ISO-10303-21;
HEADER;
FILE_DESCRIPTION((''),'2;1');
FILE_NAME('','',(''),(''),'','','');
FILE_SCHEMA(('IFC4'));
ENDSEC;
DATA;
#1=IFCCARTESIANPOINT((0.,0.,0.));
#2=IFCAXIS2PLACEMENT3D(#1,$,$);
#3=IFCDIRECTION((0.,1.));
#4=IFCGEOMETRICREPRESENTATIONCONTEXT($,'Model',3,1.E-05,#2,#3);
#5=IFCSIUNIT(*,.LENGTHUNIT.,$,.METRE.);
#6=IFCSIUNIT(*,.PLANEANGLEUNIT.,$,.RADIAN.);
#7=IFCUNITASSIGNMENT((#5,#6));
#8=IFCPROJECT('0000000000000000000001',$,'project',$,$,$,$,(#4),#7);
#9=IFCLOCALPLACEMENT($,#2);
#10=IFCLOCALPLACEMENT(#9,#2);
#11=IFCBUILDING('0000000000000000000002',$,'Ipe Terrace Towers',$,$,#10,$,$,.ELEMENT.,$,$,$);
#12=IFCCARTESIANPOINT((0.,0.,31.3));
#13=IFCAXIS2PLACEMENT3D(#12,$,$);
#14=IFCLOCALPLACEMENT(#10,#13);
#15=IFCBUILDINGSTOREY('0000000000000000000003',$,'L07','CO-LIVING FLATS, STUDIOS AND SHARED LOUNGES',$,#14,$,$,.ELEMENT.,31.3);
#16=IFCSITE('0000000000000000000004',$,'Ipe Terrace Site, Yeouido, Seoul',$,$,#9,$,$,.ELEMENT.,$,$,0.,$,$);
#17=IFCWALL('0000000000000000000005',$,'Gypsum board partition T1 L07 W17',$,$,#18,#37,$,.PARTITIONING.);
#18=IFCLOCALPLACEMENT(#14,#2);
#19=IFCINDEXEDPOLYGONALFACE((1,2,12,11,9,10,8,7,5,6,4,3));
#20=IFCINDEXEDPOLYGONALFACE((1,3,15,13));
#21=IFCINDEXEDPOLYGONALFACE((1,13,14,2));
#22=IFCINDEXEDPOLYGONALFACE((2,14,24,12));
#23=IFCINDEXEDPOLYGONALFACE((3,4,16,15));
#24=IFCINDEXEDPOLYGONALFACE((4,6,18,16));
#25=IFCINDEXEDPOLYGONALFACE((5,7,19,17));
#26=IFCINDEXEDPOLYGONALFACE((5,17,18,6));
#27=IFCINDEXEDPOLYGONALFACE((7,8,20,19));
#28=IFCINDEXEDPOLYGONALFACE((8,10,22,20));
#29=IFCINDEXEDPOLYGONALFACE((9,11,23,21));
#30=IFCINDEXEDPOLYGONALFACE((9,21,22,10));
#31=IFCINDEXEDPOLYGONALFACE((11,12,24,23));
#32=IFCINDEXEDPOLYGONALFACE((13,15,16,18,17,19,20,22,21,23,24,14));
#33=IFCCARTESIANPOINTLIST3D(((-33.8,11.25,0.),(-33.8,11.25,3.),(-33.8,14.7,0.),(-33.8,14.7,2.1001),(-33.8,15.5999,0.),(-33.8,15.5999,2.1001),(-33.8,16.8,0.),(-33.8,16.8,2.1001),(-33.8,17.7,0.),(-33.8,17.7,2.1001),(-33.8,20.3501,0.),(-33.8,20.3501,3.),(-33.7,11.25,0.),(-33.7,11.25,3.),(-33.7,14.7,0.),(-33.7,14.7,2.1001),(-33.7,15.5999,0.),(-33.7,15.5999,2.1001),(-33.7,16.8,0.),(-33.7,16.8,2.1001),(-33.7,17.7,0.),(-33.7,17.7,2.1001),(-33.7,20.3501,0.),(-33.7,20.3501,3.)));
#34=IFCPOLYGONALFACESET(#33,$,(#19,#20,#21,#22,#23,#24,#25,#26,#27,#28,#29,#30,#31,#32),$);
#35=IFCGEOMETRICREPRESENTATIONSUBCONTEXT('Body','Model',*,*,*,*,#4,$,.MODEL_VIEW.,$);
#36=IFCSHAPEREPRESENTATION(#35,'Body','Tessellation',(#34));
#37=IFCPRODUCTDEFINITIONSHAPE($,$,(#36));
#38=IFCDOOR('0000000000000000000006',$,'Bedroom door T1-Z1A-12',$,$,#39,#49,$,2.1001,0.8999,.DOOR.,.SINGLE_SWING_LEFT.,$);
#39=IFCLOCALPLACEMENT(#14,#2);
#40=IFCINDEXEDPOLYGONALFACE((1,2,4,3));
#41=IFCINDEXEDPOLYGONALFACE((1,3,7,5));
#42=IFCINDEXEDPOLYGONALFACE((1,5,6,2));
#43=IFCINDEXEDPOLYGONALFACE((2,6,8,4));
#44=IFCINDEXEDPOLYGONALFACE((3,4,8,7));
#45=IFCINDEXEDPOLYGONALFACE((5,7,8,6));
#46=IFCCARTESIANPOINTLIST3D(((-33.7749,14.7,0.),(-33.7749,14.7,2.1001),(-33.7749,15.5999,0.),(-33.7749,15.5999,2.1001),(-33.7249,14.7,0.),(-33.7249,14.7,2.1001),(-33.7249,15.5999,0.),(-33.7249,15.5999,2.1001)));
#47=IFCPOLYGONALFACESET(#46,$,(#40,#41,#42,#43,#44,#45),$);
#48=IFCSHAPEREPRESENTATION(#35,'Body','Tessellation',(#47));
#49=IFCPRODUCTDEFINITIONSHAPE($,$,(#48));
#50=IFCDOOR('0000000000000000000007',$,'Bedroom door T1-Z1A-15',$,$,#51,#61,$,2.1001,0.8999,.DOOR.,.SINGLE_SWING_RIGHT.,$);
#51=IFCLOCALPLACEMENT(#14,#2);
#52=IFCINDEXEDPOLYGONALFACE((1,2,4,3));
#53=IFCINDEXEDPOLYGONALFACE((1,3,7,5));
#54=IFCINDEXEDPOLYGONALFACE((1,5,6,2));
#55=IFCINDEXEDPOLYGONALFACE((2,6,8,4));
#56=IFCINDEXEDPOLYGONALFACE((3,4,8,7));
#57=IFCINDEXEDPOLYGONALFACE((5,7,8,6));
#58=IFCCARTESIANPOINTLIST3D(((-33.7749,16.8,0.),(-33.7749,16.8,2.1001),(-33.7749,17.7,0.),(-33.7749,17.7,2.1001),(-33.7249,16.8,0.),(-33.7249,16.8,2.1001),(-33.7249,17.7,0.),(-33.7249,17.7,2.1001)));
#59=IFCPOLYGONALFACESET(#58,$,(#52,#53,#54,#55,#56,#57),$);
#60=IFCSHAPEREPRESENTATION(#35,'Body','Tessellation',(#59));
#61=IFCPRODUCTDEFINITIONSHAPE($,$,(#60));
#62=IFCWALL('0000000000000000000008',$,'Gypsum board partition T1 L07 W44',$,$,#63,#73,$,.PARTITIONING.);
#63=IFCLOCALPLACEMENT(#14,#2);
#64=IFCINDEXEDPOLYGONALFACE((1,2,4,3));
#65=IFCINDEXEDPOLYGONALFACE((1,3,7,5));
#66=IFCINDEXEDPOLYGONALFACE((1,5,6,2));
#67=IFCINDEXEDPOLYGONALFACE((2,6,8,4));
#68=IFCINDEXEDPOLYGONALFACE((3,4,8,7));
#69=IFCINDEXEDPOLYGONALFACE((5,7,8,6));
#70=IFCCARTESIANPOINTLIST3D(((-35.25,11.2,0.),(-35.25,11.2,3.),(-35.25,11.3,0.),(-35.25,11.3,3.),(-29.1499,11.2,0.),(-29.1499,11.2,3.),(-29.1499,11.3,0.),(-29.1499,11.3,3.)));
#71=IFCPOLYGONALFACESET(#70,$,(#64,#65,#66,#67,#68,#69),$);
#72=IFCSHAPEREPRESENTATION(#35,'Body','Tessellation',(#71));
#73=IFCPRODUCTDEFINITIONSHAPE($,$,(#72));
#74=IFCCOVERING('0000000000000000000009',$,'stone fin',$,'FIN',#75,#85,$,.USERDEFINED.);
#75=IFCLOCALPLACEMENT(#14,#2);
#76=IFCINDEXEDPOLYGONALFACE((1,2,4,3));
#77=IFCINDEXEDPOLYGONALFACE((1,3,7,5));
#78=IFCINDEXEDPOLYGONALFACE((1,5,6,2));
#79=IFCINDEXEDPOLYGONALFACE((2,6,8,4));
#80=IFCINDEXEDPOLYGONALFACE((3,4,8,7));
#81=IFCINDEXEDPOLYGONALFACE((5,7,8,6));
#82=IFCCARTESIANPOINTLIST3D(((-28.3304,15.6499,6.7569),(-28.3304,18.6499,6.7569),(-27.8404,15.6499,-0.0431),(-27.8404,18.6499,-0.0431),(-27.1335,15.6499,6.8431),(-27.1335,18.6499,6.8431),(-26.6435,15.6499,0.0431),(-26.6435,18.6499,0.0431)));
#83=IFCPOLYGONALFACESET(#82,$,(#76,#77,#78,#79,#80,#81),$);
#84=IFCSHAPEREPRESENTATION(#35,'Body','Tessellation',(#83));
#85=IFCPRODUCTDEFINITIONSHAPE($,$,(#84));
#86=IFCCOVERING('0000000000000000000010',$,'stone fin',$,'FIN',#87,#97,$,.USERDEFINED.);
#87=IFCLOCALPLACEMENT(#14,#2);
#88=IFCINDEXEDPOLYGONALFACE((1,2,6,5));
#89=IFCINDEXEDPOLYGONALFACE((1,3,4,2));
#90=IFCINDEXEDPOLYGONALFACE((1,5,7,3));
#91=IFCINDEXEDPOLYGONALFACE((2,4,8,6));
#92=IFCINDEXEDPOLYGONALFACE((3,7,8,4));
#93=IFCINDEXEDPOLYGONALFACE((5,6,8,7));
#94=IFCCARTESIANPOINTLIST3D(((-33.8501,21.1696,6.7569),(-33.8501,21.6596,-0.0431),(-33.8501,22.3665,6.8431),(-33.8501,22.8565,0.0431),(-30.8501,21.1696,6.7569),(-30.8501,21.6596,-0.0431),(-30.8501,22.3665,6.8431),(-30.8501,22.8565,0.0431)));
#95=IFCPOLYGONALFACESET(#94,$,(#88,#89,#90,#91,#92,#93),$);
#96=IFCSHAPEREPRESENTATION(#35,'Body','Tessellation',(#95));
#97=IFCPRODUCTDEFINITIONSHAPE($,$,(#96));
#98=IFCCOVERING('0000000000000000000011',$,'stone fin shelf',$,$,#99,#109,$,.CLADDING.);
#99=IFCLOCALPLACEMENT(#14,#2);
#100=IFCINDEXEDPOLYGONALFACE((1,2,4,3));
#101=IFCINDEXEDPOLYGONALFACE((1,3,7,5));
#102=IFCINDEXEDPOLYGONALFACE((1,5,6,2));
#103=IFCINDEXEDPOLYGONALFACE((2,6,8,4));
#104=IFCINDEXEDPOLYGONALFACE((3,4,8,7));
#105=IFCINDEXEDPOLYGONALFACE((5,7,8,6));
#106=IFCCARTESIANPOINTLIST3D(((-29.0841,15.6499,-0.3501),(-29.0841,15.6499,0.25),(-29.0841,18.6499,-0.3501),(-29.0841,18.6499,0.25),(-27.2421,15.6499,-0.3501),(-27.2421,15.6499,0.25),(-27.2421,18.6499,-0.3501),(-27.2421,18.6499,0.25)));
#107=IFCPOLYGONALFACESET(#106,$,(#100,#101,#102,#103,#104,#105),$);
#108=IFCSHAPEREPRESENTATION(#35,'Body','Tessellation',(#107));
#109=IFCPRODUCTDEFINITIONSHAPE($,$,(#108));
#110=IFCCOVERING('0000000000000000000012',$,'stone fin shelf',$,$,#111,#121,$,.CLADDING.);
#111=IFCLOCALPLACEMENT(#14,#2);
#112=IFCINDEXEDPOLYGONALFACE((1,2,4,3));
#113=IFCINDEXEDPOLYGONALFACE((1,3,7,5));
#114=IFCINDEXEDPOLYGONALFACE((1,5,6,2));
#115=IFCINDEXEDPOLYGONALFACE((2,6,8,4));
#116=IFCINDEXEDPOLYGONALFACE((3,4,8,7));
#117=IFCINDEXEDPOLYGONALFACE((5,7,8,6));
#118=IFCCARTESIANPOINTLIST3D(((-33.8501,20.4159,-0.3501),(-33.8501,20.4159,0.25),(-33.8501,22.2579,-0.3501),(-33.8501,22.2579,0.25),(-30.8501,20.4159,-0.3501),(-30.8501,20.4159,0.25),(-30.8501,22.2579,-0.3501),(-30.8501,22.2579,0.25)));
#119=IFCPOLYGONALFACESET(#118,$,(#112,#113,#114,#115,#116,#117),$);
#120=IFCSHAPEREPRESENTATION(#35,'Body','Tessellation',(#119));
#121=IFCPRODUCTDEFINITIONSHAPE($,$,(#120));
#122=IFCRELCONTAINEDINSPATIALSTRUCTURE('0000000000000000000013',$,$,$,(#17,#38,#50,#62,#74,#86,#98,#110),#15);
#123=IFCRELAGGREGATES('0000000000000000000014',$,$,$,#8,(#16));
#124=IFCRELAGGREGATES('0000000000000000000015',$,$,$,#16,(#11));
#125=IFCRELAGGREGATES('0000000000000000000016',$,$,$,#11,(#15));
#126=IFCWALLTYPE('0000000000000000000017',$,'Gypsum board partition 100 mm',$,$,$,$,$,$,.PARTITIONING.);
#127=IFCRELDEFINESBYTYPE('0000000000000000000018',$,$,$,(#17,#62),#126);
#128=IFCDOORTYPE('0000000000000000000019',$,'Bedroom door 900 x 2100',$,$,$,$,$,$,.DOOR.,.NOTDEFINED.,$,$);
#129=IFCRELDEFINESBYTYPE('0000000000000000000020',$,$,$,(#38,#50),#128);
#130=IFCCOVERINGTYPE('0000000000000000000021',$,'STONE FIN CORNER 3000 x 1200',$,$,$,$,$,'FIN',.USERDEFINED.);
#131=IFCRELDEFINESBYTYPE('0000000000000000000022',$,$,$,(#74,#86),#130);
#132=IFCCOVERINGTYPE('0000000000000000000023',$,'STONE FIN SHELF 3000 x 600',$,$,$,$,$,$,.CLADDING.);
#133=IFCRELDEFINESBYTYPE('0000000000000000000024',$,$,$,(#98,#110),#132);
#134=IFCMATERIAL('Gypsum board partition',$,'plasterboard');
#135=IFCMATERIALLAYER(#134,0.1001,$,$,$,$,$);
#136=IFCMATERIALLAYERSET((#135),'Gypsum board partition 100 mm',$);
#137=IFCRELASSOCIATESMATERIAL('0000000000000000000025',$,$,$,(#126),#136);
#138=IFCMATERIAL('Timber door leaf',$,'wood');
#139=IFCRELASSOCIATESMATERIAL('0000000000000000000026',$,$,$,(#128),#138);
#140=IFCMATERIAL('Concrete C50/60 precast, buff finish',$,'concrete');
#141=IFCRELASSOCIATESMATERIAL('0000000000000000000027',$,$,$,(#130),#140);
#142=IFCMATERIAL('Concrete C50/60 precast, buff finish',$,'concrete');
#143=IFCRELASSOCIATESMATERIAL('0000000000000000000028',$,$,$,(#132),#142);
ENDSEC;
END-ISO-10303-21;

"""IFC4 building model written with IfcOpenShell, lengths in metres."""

from ifc_helpers import new_model, si_unit, direction, frame, frame_2d, origin, origin_2d, place, context, subcontext, project, spatial, rectangle, extrude, material, layer, layer_set, material_profile, profile_set, type_object, element, fill, save


model = new_model("IFC4")

# Units and contexts
model_context = context("Model", 3, precision=1e-05, world=origin(), true_north=direction((0.0, 1.0)))
body_context = subcontext(model_context, "Body", "Model", "MODEL_VIEW")
ifc_project = project(units=[si_unit("LENGTHUNIT", "METRE"), si_unit("PLANEANGLEUNIT", "RADIAN")], contexts=[model_context])

# Site, building, storey
site_placement = place(None, origin())
site = spatial("IfcSite", under=ifc_project, at=site_placement, Name="Ipe Terrace Site, Yeouido, Seoul", CompositionType="ELEMENT", RefElevation=0.0)
building_placement = place(site_placement, origin())
building = spatial("IfcBuilding", under=site, at=building_placement, Name="Ipe Terrace Towers", CompositionType="ELEMENT")
storey_placement = place(building_placement, frame((0.0, 0.0, 31.3)))
storey = spatial("IfcBuildingStorey", under=building, at=storey_placement, Name="L07", Description="CO-LIVING FLATS, STUDIOS AND SHARED LOUNGES", CompositionType="ELEMENT", Elevation=31.3)

# Wall, openings, doors
ifc_material_1 = material(Name="Gypsum board partition", Category="plasterboard")
ifc_layer_1 = layer(ifc_material_1, 0.1001)
ifc_layer_set_1 = layer_set([ifc_layer_1], Name="Gypsum board partition 100 mm")
wall_type_1 = type_object("IfcWallType", Name="Gypsum board partition 100 mm", PredefinedType="PARTITIONING", material=ifc_layer_set_1)
wall_1_placement = place(storey_placement, frame((-33.75, 11.25, 0.0), z_axis=(0.0, 0.0, 1.0), x_axis=(0.0, 1.0, 0.0)))
wall_1 = element("IfcWall", 1, at=wall_1_placement, inside=storey, type_object=wall_type_1, Name="Gypsum board partition T1 L07 W17", PredefinedType="PARTITIONING", context=body_context, shape_type="SweptSolid", body=[
    extrude(rectangle(XDim=9.1001, YDim=0.1001, at=frame_2d((4.55, 0.0))), origin(), (0.0, 0.0, 1.0), 3.0),
])
opening_1_placement = place(wall_1_placement, frame((3.45, 0.0, 0.0)))
opening_1 = element("IfcOpeningElement", 2, at=opening_1_placement, cuts=wall_1, PredefinedType="OPENING", context=body_context, shape_type="SweptSolid", body=[
    extrude(rectangle(XDim=0.8999, YDim=2.1001, at=frame_2d((0.45, 1.05))), frame((0.0, 0.0601, 0.0), z_axis=(0.0, -1.0, 0.0), x_axis=(1.0, 0.0, 0.0)), (0.0, 0.0, 1.0), 0.1201),
])
opening_2_placement = place(wall_1_placement, frame((5.55, 0.0, 0.0)))
opening_2 = element("IfcOpeningElement", 3, at=opening_2_placement, cuts=wall_1, PredefinedType="OPENING", context=body_context, shape_type="SweptSolid", body=[
    extrude(rectangle(XDim=0.8999, YDim=2.1001, at=frame_2d((0.45, 1.05))), frame((0.0, 0.0601, 0.0), z_axis=(0.0, -1.0, 0.0), x_axis=(1.0, 0.0, 0.0)), (0.0, 0.0, 1.0), 0.1201),
])
ifc_material_2 = material(Name="Timber door leaf", Category="wood")
door_type = type_object("IfcDoorType", Name="Bedroom door 900 x 2100", OperationType="NOTDEFINED", PredefinedType="DOOR", material=ifc_material_2)
door_1_placement = place(opening_1_placement, origin())
door_1 = element("IfcDoor", 4, at=door_1_placement, inside=storey, type_object=door_type, Name="Bedroom door T1-Z1A-12", OperationType="SINGLE_SWING_LEFT", OverallHeight=2.1001, OverallWidth=0.8999, PredefinedType="DOOR", context=body_context, shape_type="SweptSolid", body=[
    extrude(rectangle(XDim=0.8999, YDim=2.1001, at=frame_2d((0.45, 1.05))), frame((0.0, 0.0249, 0.0), z_axis=(0.0, -1.0, 0.0), x_axis=(1.0, 0.0, 0.0)), (0.0, 0.0, 1.0), 0.05),
])
fill(opening_1, door_1)
door_2_placement = place(opening_2_placement, origin())
door_2 = element("IfcDoor", 5, at=door_2_placement, inside=storey, type_object=door_type, Name="Bedroom door T1-Z1A-15", OperationType="SINGLE_SWING_RIGHT", OverallHeight=2.1001, OverallWidth=0.8999, PredefinedType="DOOR", context=body_context, shape_type="SweptSolid", body=[
    extrude(rectangle(XDim=0.8999, YDim=2.1001, at=frame_2d((0.45, 1.05))), frame((0.0, 0.0249, 0.0), z_axis=(0.0, -1.0, 0.0), x_axis=(1.0, 0.0, 0.0)), (0.0, 0.0, 1.0), 0.05),
])
fill(opening_2, door_2)

# Wall
wall_2_placement = place(storey_placement, frame((-35.25, 11.25, 0.0), z_axis=(0.0, 0.0, 1.0), x_axis=(1.0, 0.0, 0.0)))
element("IfcWall", 6, at=wall_2_placement, inside=storey, type_object=wall_type_1, Name="Gypsum board partition T1 L07 W44", PredefinedType="PARTITIONING", context=body_context, shape_type="SweptSolid", body=[
    extrude(rectangle(XDim=6.1001, YDim=0.1001, at=frame_2d((3.05, 0.0))), origin(), (0.0, 0.0, 1.0), 3.0),
])

# Coverings
ifc_material_3 = material(Name="Concrete C50/60 precast, buff finish", Category="concrete")
ifc_material_profile_1 = material_profile(ifc_material_3, rectangle(XDim=3.0, YDim=1.2, at=origin_2d()), Name="STONE FIN CORNER 3000 x 1200")
ifc_profile_set_1 = profile_set([ifc_material_profile_1], Name="Concrete C50/60 precast, buff finish")
covering_type_1 = type_object("IfcCoveringType", Name="STONE FIN CORNER 3000 x 1200", ElementType="FIN", PredefinedType="USERDEFINED", material=ifc_profile_set_1)
for number, where, z_axis, x_axis, name in (
    (7, (-27.2419, 17.1499, 0.0), (-0.071871, 0.0, 0.997414), (0.0, 1.0, 0.0), "stone fin"),
    (8, (-32.3501, 22.2581, 0.0), (0.0, -0.071871, 0.997414), (-1.0, 0.0, 0.0), "stone fin"),
):
    element("IfcCovering", number, at=place(storey_placement, frame(where, z_axis=z_axis, x_axis=x_axis)), inside=storey, type_object=covering_type_1, Name=name, ObjectType="FIN", PredefinedType="USERDEFINED", context=body_context, shape_type="SweptSolid", body=[
        extrude(rectangle(XDim=3.0, YDim=1.2, at=origin_2d()), origin(), (0.0, 0.0, 1.0), 6.8176),
    ])
ifc_material_4 = material(Name="Concrete C50/60 precast, buff finish", Category="concrete")
covering_type_2 = type_object("IfcCoveringType", Name="STONE FIN SHELF 3000 x 600", PredefinedType="CLADDING", material=ifc_material_4)
for number, where, z_axis, x_axis, name in (
    (9, (-28.1631, 17.1499, -0.3501), (0.0, 0.0, 1.0), (0.0, 1.0, 0.0), "stone fin shelf"),
    (10, (-32.3501, 21.3369, -0.3501), (0.0, 0.0, 1.0), (-1.0, 0.0, 0.0), "stone fin shelf"),
):
    element("IfcCovering", number, at=place(storey_placement, frame(where, z_axis=z_axis, x_axis=x_axis)), inside=storey, type_object=covering_type_2, Name=name, PredefinedType="CLADDING", context=body_context, shape_type="SweptSolid", body=[
        extrude(rectangle(XDim=3.0, YDim=1.842, at=origin_2d()), origin(), (0.0, 0.0, 1.0), 0.6001),
    ])

save(model, "model.ifc")
